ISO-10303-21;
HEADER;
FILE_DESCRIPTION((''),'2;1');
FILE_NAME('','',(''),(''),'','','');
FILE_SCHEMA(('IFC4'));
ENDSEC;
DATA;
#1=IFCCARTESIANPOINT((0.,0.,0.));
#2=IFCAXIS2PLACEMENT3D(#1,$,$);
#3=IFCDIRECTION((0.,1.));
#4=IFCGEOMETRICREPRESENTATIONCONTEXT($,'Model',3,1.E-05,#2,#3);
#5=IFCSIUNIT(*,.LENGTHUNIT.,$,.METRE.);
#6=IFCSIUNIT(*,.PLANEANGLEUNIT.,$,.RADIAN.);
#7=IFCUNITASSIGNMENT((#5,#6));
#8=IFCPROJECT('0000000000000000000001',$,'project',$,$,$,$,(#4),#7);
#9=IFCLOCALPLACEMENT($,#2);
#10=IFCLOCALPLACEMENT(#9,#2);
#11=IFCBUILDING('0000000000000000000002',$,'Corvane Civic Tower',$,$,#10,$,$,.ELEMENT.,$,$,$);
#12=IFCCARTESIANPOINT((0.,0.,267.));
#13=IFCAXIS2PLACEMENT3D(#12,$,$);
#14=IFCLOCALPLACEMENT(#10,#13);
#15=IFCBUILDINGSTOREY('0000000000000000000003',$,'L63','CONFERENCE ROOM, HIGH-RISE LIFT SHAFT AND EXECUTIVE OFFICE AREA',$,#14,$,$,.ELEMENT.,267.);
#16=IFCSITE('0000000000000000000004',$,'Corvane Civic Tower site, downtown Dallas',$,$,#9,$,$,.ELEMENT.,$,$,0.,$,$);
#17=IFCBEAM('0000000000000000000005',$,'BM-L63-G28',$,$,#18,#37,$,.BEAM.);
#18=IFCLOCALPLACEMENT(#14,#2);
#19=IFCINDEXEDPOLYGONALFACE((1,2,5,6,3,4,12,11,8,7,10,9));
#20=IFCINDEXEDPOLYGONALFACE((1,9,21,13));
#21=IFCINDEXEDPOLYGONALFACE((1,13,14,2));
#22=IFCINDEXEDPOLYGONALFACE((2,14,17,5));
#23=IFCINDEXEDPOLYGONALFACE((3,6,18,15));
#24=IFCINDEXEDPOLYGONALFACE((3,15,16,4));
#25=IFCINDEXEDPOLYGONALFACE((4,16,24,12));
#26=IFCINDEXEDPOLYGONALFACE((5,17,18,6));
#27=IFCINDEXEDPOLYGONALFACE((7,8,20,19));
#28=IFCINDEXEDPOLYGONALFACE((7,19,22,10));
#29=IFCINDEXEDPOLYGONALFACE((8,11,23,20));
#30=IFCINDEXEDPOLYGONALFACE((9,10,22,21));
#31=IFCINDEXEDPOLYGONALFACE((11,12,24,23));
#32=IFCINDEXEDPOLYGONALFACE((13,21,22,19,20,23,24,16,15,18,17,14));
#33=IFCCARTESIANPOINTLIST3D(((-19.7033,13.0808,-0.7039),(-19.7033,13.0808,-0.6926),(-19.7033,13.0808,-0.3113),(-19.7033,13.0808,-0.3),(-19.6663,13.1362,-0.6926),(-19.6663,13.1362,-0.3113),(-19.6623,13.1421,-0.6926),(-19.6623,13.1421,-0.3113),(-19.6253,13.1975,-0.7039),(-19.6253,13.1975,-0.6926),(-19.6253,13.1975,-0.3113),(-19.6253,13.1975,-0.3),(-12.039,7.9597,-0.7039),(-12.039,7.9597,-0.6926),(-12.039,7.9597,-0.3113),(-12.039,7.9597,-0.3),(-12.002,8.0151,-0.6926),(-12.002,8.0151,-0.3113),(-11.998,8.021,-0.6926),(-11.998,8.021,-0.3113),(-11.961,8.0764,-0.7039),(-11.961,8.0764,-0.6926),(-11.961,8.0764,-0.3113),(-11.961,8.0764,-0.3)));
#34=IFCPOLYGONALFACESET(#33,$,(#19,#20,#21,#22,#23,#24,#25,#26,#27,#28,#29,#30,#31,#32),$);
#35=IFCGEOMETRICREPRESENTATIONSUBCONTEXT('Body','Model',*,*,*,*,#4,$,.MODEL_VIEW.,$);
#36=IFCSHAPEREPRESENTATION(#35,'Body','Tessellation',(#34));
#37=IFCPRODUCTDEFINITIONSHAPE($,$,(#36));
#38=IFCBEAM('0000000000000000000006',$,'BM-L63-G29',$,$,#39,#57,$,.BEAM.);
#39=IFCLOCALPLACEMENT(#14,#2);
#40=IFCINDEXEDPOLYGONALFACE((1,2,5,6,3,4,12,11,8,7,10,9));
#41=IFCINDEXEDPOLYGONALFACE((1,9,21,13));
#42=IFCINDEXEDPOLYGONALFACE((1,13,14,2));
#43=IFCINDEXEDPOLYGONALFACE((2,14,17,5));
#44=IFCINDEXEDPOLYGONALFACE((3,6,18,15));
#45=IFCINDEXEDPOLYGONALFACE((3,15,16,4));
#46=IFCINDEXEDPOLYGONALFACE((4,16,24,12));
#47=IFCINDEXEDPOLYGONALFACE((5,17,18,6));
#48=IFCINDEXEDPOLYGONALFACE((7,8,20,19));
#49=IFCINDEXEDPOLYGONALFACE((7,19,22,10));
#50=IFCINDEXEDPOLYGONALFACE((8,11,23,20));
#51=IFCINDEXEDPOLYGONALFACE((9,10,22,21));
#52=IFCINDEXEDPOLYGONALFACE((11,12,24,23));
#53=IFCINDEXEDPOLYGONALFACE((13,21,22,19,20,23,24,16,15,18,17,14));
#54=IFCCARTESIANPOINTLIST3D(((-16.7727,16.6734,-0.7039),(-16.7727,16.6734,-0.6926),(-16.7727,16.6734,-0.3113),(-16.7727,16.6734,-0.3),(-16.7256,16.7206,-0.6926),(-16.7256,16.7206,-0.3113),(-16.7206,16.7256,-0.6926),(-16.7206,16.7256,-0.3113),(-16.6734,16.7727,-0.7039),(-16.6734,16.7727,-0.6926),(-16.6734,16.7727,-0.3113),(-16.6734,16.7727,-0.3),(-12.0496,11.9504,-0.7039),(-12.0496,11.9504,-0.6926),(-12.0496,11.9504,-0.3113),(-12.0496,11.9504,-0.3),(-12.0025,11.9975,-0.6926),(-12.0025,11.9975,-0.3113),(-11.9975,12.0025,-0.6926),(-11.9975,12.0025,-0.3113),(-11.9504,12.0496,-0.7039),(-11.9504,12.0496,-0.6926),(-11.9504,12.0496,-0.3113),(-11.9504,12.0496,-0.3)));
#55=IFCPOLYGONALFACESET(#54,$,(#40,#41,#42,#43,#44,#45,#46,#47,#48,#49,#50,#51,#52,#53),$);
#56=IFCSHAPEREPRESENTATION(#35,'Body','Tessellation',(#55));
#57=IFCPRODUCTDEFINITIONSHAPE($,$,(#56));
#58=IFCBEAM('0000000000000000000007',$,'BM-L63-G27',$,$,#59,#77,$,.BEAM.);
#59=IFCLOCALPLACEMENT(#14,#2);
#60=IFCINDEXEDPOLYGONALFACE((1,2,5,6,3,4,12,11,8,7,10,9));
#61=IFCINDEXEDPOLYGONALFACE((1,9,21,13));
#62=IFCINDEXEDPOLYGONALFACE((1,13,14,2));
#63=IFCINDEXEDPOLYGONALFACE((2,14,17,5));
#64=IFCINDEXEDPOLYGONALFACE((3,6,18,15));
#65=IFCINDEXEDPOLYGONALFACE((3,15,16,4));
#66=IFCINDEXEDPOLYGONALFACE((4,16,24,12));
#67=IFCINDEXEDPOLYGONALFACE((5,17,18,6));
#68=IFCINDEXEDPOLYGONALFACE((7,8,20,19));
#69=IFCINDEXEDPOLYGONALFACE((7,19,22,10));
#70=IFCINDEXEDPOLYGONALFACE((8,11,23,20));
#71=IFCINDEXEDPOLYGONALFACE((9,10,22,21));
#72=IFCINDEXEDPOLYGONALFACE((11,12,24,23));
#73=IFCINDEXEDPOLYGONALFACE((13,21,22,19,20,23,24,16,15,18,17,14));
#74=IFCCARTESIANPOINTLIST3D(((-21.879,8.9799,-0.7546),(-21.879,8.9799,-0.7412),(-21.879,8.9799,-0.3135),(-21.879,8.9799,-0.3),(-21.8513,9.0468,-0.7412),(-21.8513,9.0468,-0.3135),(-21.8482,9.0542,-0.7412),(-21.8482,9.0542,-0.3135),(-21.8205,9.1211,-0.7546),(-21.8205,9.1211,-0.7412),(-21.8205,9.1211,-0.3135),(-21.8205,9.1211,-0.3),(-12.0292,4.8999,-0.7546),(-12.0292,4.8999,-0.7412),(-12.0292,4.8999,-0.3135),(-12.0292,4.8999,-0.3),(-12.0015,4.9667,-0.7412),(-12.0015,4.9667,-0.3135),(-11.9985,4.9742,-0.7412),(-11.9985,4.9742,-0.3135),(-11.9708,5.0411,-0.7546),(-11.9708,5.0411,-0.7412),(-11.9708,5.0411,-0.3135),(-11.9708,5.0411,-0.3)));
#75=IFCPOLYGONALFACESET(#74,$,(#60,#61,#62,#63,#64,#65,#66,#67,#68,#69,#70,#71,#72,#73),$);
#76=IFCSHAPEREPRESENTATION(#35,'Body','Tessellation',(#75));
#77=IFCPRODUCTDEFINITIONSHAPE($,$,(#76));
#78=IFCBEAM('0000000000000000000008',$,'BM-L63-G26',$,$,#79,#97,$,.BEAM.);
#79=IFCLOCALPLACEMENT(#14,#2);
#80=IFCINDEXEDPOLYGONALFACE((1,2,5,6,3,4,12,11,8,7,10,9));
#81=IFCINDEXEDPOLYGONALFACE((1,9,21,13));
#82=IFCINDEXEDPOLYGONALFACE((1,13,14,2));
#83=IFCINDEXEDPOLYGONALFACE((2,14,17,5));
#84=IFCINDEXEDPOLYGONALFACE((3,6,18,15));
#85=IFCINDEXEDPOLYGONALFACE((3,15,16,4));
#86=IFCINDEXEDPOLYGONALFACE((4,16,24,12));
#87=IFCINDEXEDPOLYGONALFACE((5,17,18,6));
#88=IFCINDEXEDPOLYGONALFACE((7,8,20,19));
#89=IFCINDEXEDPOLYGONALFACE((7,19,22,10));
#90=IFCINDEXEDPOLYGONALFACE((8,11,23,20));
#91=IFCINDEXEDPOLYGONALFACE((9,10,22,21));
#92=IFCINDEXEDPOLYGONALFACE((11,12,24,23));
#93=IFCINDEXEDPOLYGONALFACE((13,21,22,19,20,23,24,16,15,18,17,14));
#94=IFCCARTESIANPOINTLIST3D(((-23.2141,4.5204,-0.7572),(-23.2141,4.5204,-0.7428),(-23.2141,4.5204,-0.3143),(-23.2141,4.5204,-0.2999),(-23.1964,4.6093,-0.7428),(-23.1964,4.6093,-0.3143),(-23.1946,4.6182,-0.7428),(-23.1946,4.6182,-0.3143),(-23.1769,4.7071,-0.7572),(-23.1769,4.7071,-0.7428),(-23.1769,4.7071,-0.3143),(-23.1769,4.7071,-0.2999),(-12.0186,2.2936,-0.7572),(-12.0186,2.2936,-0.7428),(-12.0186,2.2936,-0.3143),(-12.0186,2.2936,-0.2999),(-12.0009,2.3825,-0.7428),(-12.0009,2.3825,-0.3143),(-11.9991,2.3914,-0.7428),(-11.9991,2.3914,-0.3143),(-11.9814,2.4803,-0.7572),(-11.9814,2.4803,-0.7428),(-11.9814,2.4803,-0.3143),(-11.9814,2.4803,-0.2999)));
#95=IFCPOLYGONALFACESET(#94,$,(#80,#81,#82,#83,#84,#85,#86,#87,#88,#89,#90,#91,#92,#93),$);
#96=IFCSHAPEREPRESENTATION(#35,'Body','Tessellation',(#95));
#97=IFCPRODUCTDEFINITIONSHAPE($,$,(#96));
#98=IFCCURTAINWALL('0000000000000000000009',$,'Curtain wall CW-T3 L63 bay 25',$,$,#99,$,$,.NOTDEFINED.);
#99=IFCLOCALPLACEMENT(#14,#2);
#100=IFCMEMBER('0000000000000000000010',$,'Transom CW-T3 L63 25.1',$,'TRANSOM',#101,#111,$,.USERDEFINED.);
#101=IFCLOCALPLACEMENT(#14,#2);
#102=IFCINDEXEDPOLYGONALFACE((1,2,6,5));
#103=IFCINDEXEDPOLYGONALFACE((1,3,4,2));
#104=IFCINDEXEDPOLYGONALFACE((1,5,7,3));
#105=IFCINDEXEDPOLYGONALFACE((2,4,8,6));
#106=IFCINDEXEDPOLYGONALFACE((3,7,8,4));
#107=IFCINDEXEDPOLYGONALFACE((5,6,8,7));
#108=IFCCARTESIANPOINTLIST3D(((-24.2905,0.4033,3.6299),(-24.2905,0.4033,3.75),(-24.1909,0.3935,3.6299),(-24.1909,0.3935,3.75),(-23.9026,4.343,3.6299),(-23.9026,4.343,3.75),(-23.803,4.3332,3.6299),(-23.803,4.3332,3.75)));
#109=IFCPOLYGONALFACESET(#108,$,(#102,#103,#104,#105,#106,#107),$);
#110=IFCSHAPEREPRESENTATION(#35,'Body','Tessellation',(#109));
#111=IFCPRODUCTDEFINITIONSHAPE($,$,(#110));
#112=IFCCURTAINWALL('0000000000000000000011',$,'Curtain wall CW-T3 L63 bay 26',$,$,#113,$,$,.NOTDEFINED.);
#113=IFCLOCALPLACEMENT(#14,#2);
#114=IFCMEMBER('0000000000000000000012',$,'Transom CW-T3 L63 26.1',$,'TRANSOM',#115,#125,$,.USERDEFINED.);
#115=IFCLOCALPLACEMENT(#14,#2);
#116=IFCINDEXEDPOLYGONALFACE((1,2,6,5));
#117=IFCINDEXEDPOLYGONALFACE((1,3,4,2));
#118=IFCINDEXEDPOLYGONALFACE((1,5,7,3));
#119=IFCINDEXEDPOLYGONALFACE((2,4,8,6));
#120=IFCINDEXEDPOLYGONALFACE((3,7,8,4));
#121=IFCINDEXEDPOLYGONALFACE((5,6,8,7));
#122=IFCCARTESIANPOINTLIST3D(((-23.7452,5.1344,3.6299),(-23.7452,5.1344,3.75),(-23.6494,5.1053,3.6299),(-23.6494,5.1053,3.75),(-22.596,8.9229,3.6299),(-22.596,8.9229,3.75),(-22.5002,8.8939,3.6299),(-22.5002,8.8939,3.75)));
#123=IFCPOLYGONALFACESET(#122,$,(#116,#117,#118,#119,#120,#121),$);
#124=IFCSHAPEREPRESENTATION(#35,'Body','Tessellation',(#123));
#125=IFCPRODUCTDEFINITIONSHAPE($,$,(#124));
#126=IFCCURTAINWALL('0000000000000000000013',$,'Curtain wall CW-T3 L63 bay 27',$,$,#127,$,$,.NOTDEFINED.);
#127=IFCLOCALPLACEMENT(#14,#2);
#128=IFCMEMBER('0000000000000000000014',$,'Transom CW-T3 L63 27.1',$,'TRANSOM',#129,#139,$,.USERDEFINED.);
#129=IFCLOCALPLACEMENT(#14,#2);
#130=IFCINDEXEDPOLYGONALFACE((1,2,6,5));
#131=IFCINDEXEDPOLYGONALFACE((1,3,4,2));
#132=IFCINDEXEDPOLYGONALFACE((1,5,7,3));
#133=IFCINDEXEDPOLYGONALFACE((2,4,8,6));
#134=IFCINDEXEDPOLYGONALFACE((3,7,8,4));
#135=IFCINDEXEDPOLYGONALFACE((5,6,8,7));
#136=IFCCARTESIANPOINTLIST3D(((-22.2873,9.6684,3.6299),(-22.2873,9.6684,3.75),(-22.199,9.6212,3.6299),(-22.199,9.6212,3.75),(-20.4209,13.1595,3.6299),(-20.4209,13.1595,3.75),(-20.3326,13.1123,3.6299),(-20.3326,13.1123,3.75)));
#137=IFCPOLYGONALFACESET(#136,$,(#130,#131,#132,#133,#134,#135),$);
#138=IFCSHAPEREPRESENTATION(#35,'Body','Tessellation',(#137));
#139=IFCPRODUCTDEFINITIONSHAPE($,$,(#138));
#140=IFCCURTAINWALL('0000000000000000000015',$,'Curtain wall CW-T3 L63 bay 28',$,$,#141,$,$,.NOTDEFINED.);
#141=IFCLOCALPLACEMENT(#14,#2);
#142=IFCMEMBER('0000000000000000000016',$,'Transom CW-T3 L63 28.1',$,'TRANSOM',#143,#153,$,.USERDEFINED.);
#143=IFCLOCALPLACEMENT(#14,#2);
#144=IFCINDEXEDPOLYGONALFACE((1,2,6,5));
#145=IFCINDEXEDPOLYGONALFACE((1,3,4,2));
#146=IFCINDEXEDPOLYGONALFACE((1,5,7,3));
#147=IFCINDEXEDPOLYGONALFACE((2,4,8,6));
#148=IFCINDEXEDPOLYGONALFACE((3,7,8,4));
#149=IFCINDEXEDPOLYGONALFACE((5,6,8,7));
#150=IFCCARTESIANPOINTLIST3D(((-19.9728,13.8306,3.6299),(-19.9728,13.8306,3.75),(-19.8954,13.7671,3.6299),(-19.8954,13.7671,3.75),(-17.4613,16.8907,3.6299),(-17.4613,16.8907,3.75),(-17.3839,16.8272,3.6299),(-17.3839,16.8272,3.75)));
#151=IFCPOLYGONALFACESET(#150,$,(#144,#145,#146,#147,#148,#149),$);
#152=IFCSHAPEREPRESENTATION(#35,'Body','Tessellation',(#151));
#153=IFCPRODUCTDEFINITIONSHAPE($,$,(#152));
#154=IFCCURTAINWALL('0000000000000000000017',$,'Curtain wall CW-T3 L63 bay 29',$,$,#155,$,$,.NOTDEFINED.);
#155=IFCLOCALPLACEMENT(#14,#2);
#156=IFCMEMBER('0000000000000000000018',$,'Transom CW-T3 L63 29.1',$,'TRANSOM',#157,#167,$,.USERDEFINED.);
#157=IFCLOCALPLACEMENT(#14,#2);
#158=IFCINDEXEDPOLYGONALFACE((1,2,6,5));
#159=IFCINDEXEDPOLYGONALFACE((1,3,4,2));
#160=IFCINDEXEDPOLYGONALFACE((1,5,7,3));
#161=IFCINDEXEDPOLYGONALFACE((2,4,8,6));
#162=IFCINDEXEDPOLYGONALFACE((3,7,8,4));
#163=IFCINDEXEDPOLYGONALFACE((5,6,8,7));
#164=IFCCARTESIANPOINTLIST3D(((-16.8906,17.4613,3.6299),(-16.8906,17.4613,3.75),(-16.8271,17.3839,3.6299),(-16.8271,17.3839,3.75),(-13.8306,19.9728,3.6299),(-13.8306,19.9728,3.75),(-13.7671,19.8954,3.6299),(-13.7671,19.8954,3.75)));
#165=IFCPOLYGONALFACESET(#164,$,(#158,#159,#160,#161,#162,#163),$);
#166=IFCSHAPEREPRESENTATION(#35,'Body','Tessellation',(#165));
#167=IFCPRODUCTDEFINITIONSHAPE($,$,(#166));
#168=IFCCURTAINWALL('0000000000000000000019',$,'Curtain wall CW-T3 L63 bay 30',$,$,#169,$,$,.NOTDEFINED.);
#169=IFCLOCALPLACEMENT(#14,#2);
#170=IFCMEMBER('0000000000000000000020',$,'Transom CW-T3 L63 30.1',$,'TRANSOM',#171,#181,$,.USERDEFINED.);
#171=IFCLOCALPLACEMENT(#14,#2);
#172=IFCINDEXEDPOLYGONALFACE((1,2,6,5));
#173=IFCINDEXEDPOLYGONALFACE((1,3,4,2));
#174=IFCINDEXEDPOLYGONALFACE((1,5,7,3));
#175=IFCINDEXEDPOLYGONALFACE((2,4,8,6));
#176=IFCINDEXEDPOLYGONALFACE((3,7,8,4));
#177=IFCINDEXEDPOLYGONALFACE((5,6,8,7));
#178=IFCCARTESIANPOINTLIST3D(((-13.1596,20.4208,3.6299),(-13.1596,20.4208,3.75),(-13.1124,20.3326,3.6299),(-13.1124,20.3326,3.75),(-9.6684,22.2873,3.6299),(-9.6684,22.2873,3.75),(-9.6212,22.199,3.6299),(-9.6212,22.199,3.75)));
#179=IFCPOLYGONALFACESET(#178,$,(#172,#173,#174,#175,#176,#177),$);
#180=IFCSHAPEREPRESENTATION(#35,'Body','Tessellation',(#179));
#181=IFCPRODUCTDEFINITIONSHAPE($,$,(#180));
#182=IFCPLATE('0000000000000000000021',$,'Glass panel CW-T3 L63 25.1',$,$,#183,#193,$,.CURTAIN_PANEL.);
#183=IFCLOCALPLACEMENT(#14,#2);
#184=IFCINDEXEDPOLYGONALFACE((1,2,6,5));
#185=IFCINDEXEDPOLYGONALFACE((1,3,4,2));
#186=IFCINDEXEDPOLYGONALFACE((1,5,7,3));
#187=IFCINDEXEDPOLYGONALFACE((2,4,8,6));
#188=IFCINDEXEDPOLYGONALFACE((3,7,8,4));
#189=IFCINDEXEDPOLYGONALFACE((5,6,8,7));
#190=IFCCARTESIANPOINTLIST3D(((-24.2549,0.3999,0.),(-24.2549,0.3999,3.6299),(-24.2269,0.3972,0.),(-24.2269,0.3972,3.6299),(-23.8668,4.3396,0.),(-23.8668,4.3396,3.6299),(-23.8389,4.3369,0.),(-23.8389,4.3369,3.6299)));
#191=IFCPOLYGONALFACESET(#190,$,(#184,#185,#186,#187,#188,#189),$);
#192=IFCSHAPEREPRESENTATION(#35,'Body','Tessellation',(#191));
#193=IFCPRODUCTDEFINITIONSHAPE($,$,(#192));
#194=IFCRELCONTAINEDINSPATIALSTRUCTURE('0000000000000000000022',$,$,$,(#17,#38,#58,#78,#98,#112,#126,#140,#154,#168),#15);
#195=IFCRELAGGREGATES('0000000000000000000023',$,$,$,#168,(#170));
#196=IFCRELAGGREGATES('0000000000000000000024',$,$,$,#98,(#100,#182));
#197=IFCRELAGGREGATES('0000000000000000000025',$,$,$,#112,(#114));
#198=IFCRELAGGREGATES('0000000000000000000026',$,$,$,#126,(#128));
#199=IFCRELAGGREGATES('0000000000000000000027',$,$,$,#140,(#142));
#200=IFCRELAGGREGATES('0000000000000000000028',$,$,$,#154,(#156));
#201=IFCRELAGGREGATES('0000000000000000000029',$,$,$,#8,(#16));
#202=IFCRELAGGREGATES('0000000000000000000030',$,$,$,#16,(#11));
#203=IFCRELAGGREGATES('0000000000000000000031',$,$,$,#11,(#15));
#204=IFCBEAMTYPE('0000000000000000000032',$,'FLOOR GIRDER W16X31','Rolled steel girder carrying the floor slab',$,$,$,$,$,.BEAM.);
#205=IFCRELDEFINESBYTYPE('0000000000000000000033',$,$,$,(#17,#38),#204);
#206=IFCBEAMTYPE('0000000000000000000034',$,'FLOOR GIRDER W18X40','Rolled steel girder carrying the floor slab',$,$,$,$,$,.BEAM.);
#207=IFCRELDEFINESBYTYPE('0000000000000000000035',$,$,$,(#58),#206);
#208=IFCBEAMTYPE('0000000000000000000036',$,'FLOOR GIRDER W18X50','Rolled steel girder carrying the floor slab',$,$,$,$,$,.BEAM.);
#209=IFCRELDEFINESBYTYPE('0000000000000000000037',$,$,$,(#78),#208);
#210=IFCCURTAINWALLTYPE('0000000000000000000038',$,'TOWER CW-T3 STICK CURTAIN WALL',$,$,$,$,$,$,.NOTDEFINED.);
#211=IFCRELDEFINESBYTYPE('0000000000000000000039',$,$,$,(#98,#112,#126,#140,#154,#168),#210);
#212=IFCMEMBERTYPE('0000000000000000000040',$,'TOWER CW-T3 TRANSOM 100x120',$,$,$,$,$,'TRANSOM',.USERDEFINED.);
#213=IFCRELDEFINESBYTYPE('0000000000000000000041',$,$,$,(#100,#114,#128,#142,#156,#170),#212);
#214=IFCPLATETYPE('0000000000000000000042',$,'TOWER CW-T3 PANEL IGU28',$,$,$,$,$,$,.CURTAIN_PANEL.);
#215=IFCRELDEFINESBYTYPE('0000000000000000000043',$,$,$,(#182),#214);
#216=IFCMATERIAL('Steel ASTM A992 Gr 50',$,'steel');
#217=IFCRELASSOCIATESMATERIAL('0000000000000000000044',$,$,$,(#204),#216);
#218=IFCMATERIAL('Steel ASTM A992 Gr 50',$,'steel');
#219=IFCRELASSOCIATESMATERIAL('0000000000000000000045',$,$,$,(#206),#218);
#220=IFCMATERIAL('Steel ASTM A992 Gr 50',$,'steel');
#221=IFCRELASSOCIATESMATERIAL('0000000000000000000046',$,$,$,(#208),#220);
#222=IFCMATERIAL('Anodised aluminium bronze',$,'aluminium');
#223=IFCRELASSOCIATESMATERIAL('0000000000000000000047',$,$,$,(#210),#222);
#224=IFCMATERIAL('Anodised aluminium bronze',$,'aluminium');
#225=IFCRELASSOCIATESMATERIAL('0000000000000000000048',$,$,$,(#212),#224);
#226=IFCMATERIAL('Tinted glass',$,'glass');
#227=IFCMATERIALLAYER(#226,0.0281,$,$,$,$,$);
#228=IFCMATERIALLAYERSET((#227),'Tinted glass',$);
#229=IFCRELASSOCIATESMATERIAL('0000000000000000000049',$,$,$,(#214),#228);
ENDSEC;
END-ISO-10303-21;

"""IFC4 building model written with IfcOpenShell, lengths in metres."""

from ifc_helpers import new_model, si_unit, direction, frame, origin, origin_2d, place, context, subcontext, project, spatial, rectangle, i_section, extrude, material, layer, layer_set, material_profile, profile_set, type_object, element, aggregate, save


model = new_model("IFC4")

# Units and contexts
model_context = context("Model", 3, precision=1e-05, world=origin(), true_north=direction((0.0, 1.0)))
body_context = subcontext(model_context, "Body", "Model", "MODEL_VIEW")
ifc_project = project(units=[si_unit("LENGTHUNIT", "METRE"), si_unit("PLANEANGLEUNIT", "RADIAN")], contexts=[model_context])

# Site, building, storey
site_placement = place(None, origin())
site = spatial("IfcSite", under=ifc_project, at=site_placement, Name="Corvane Civic Tower site, downtown Dallas", CompositionType="ELEMENT", RefElevation=0.0)
building_placement = place(site_placement, origin())
building = spatial("IfcBuilding", under=site, at=building_placement, Name="Corvane Civic Tower", CompositionType="ELEMENT")
storey_placement = place(building_placement, frame((0.0, 0.0, 267.0)))
storey = spatial("IfcBuildingStorey", under=building, at=storey_placement, Name="L63", Description="CONFERENCE ROOM, HIGH-RISE LIFT SHAFT AND EXECUTIVE OFFICE AREA", CompositionType="ELEMENT", Elevation=267.0)

# Beams
ifc_material_1 = material(Name="Steel ASTM A992 Gr 50", Category="steel")
ifc_material_profile_1 = material_profile(ifc_material_1, i_section(OverallWidth=0.1404, OverallDepth=0.4038, WebThickness=0.0071, FlangeThickness=0.0112, at=origin_2d()), Name="W16X31")
ifc_profile_set_1 = profile_set([ifc_material_profile_1], Name="Steel ASTM A992 Gr 50")
beam_type_1 = type_object("IfcBeamType", Name="FLOOR GIRDER W16X31", Description="Rolled steel girder carrying the floor slab", PredefinedType="BEAM", material=ifc_profile_set_1)
beam_1_placement = place(storey_placement, frame((-12.0, 8.0181, -0.502), z_axis=(-0.831471, 0.555568, 0.0), x_axis=(-0.555568, -0.831471, 0.0)))
element("IfcBeam", 1, at=beam_1_placement, inside=storey, type_object=beam_type_1, Name="BM-L63-G28", PredefinedType="BEAM", context=body_context, shape_type="SweptSolid", body=[
    extrude(i_section(OverallWidth=0.1404, OverallDepth=0.4038, WebThickness=0.0071, FlangeThickness=0.0112, at=origin_2d()), origin(), (0.0, 0.0, 1.0), 9.2178),
])
beam_2_placement = place(storey_placement, frame((-12.0, 12.0, -0.502), z_axis=(-0.707107, 0.707107, 0.0), x_axis=(-0.707107, -0.707107, 0.0)))
element("IfcBeam", 2, at=beam_2_placement, inside=storey, type_object=beam_type_1, Name="BM-L63-G29", PredefinedType="BEAM", context=body_context, shape_type="SweptSolid", body=[
    extrude(i_section(OverallWidth=0.1404, OverallDepth=0.4038, WebThickness=0.0071, FlangeThickness=0.0112, at=origin_2d()), origin(), (0.0, 0.0, 1.0), 6.6794),
])
ifc_material_2 = material(Name="Steel ASTM A992 Gr 50", Category="steel")
ifc_material_profile_2 = material_profile(ifc_material_2, i_section(OverallWidth=0.1528, OverallDepth=0.4546, WebThickness=0.0081, FlangeThickness=0.0134, at=origin_2d()), Name="W18X40")
ifc_profile_set_2 = profile_set([ifc_material_profile_2], Name="Steel ASTM A992 Gr 50")
beam_type_2 = type_object("IfcBeamType", Name="FLOOR GIRDER W18X40", Description="Rolled steel girder carrying the floor slab", PredefinedType="BEAM", material=ifc_profile_set_2)
beam_3_placement = place(storey_placement, frame((-12.0, 4.9705, -0.5273), z_axis=(-0.923875, 0.382694, 0.0), x_axis=(-0.382694, -0.923875, 0.0)))
element("IfcBeam", 3, at=beam_3_placement, inside=storey, type_object=beam_type_2, Name="BM-L63-G27", PredefinedType="BEAM", context=body_context, shape_type="SweptSolid", body=[
    extrude(i_section(OverallWidth=0.1528, OverallDepth=0.4546, WebThickness=0.0081, FlangeThickness=0.0134, at=origin_2d()), origin(), (0.0, 0.0, 1.0), 10.6614),
])
ifc_material_3 = material(Name="Steel ASTM A992 Gr 50", Category="steel")
ifc_material_profile_3 = material_profile(ifc_material_3, i_section(OverallWidth=0.1904, OverallDepth=0.4573, WebThickness=0.009, FlangeThickness=0.0144, at=origin_2d()), Name="W18X50")
ifc_profile_set_3 = profile_set([ifc_material_profile_3], Name="Steel ASTM A992 Gr 50")
beam_type_3 = type_object("IfcBeamType", Name="FLOOR GIRDER W18X50", Description="Rolled steel girder carrying the floor slab", PredefinedType="BEAM", material=ifc_profile_set_3)
beam_4_placement = place(storey_placement, frame((-12.0, 2.387, -0.5286), z_axis=(-0.980787, 0.19508, 0.0), x_axis=(-0.19508, -0.980787, 0.0)))
element("IfcBeam", 4, at=beam_4_placement, inside=storey, type_object=beam_type_3, Name="BM-L63-G26", PredefinedType="BEAM", context=body_context, shape_type="SweptSolid", body=[
    extrude(i_section(OverallWidth=0.1904, OverallDepth=0.4573, WebThickness=0.009, FlangeThickness=0.0144, at=origin_2d()), origin(), (0.0, 0.0, 1.0), 11.4148),
])

# Curtain walls, members
ifc_material_4 = material(Name="Anodised aluminium bronze", Category="aluminium")
curtain_wall_type = type_object("IfcCurtainWallType", Name="TOWER CW-T3 STICK CURTAIN WALL", PredefinedType="NOTDEFINED", material=ifc_material_4)
curtain_wall_1_placement = place(storey_placement, origin())
curtain_wall_1 = element("IfcCurtainWall", 5, at=curtain_wall_1_placement, inside=storey, type_object=curtain_wall_type, Name="Curtain wall CW-T3 L63 bay 25", PredefinedType="NOTDEFINED")
ifc_material_5 = material(Name="Anodised aluminium bronze", Category="aluminium")
ifc_material_profile_4 = material_profile(ifc_material_5, rectangle(XDim=0.1001, YDim=0.1201, at=origin_2d()), Name="TOWER CW-T3 TRANSOM 100x120")
ifc_profile_set_4 = profile_set([ifc_material_profile_4], Name="Anodised aluminium bronze")
member_type = type_object("IfcMemberType", Name="TOWER CW-T3 TRANSOM 100x120", ElementType="TRANSOM", PredefinedType="USERDEFINED", material=ifc_profile_set_4)
member_1_placement = place(storey_placement, frame((-24.2407, 0.3984, 3.6899), z_axis=(0.097995, 0.995187, 0.0), x_axis=(-0.995187, 0.097995, 0.0)))
member_1 = element("IfcMember", 6, at=member_1_placement, type_object=member_type, Name="Transom CW-T3 L63 25.1", ObjectType="TRANSOM", PredefinedType="USERDEFINED", context=body_context, shape_type="SweptSolid", body=[
    extrude(rectangle(XDim=0.1001, YDim=0.1201, at=origin_2d()), origin(), (0.0, 0.0, 1.0), 3.9587),
])
curtain_wall_2_placement = place(storey_placement, origin())
curtain_wall_2 = element("IfcCurtainWall", 7, at=curtain_wall_2_placement, inside=storey, type_object=curtain_wall_type, Name="Curtain wall CW-T3 L63 bay 26", PredefinedType="NOTDEFINED")
member_2_placement = place(storey_placement, frame((-23.6973, 5.1199, 3.6899), z_axis=(0.290266, 0.956946, 0.0), x_axis=(-0.956946, 0.290266, 0.0)))
member_2 = element("IfcMember", 8, at=member_2_placement, type_object=member_type, Name="Transom CW-T3 L63 26.1", ObjectType="TRANSOM", PredefinedType="USERDEFINED", context=body_context, shape_type="SweptSolid", body=[
    extrude(rectangle(XDim=0.1001, YDim=0.1201, at=origin_2d()), origin(), (0.0, 0.0, 1.0), 3.959),
])
curtain_wall_3_placement = place(storey_placement, origin())
curtain_wall_3 = element("IfcCurtainWall", 9, at=curtain_wall_3_placement, inside=storey, type_object=curtain_wall_type, Name="Curtain wall CW-T3 L63 bay 27", PredefinedType="NOTDEFINED")
member_3_placement = place(storey_placement, frame((-22.2432, 9.6448, 3.6899), z_axis=(0.471468, 0.881883, 0.0), x_axis=(-0.881883, 0.471468, 0.0)))
member_3 = element("IfcMember", 10, at=member_3_placement, type_object=member_type, Name="Transom CW-T3 L63 27.1", ObjectType="TRANSOM", PredefinedType="USERDEFINED", context=body_context, shape_type="SweptSolid", body=[
    extrude(rectangle(XDim=0.1001, YDim=0.1201, at=origin_2d()), origin(), (0.0, 0.0, 1.0), 3.9587),
])
curtain_wall_4_placement = place(storey_placement, origin())
curtain_wall_4 = element("IfcCurtainWall", 11, at=curtain_wall_4_placement, inside=storey, type_object=curtain_wall_type, Name="Curtain wall CW-T3 L63 bay 28", PredefinedType="NOTDEFINED")
member_4_placement = place(storey_placement, frame((-19.9341, 13.7988, 3.6899), z_axis=(0.634416, 0.772992, 0.0), x_axis=(-0.772992, 0.634416, 0.0)))
member_4 = element("IfcMember", 12, at=member_4_placement, type_object=member_type, Name="Transom CW-T3 L63 28.1", ObjectType="TRANSOM", PredefinedType="USERDEFINED", context=body_context, shape_type="SweptSolid", body=[
    extrude(rectangle(XDim=0.1001, YDim=0.1201, at=origin_2d()), origin(), (0.0, 0.0, 1.0), 3.9587),
])
curtain_wall_5_placement = place(storey_placement, origin())
curtain_wall_5 = element("IfcCurtainWall", 13, at=curtain_wall_5_placement, inside=storey, type_object=curtain_wall_type, Name="Curtain wall CW-T3 L63 bay 29", PredefinedType="NOTDEFINED")
member_5_placement = place(storey_placement, frame((-16.8589, 17.4226, 3.6899), z_axis=(0.772992, 0.634416, 0.0), x_axis=(-0.634416, 0.772992, 0.0)))
member_5 = element("IfcMember", 14, at=member_5_placement, type_object=member_type, Name="Transom CW-T3 L63 29.1", ObjectType="TRANSOM", PredefinedType="USERDEFINED", context=body_context, shape_type="SweptSolid", body=[
    extrude(rectangle(XDim=0.1001, YDim=0.1201, at=origin_2d()), origin(), (0.0, 0.0, 1.0), 3.9587),
])
curtain_wall_6_placement = place(storey_placement, origin())
curtain_wall_6 = element("IfcCurtainWall", 15, at=curtain_wall_6_placement, inside=storey, type_object=curtain_wall_type, Name="Curtain wall CW-T3 L63 bay 30", PredefinedType="NOTDEFINED")
member_6_placement = place(storey_placement, frame((-13.136, 20.3767, 3.6899), z_axis=(0.881883, 0.471468, 0.0), x_axis=(-0.471468, 0.881883, 0.0)))
member_6 = element("IfcMember", 16, at=member_6_placement, type_object=member_type, Name="Transom CW-T3 L63 30.1", ObjectType="TRANSOM", PredefinedType="USERDEFINED", context=body_context, shape_type="SweptSolid", body=[
    extrude(rectangle(XDim=0.1001, YDim=0.1201, at=origin_2d()), origin(), (0.0, 0.0, 1.0), 3.9587),
])
aggregate(curtain_wall_6, [member_6])

# Plate
ifc_material_6 = material(Name="Tinted glass", Category="glass")
ifc_layer_1 = layer(ifc_material_6, 0.0281)
ifc_layer_set_1 = layer_set([ifc_layer_1], Name="Tinted glass")
plate_type = type_object("IfcPlateType", Name="TOWER CW-T3 PANEL IGU28", PredefinedType="CURTAIN_PANEL", material=ifc_layer_set_1)
plate_1_placement = place(storey_placement, frame((-24.0469, 2.3684, 0.0), z_axis=(0.0, 0.0, 1.0), x_axis=(0.098021, 0.995184, 0.0)))
plate_1 = element("IfcPlate", 17, at=plate_1_placement, type_object=plate_type, Name="Glass panel CW-T3 L63 25.1", PredefinedType="CURTAIN_PANEL", context=body_context, shape_type="SweptSolid", body=[
    extrude(rectangle(XDim=3.9587, YDim=0.0281, at=origin_2d()), origin(), (0.0, 0.0, 1.0), 3.6299),
])
aggregate(curtain_wall_1, [member_1, plate_1])
aggregate(curtain_wall_2, [member_2])
aggregate(curtain_wall_3, [member_3])
aggregate(curtain_wall_4, [member_4])
aggregate(curtain_wall_5, [member_5])

save(model, "model.ifc")
